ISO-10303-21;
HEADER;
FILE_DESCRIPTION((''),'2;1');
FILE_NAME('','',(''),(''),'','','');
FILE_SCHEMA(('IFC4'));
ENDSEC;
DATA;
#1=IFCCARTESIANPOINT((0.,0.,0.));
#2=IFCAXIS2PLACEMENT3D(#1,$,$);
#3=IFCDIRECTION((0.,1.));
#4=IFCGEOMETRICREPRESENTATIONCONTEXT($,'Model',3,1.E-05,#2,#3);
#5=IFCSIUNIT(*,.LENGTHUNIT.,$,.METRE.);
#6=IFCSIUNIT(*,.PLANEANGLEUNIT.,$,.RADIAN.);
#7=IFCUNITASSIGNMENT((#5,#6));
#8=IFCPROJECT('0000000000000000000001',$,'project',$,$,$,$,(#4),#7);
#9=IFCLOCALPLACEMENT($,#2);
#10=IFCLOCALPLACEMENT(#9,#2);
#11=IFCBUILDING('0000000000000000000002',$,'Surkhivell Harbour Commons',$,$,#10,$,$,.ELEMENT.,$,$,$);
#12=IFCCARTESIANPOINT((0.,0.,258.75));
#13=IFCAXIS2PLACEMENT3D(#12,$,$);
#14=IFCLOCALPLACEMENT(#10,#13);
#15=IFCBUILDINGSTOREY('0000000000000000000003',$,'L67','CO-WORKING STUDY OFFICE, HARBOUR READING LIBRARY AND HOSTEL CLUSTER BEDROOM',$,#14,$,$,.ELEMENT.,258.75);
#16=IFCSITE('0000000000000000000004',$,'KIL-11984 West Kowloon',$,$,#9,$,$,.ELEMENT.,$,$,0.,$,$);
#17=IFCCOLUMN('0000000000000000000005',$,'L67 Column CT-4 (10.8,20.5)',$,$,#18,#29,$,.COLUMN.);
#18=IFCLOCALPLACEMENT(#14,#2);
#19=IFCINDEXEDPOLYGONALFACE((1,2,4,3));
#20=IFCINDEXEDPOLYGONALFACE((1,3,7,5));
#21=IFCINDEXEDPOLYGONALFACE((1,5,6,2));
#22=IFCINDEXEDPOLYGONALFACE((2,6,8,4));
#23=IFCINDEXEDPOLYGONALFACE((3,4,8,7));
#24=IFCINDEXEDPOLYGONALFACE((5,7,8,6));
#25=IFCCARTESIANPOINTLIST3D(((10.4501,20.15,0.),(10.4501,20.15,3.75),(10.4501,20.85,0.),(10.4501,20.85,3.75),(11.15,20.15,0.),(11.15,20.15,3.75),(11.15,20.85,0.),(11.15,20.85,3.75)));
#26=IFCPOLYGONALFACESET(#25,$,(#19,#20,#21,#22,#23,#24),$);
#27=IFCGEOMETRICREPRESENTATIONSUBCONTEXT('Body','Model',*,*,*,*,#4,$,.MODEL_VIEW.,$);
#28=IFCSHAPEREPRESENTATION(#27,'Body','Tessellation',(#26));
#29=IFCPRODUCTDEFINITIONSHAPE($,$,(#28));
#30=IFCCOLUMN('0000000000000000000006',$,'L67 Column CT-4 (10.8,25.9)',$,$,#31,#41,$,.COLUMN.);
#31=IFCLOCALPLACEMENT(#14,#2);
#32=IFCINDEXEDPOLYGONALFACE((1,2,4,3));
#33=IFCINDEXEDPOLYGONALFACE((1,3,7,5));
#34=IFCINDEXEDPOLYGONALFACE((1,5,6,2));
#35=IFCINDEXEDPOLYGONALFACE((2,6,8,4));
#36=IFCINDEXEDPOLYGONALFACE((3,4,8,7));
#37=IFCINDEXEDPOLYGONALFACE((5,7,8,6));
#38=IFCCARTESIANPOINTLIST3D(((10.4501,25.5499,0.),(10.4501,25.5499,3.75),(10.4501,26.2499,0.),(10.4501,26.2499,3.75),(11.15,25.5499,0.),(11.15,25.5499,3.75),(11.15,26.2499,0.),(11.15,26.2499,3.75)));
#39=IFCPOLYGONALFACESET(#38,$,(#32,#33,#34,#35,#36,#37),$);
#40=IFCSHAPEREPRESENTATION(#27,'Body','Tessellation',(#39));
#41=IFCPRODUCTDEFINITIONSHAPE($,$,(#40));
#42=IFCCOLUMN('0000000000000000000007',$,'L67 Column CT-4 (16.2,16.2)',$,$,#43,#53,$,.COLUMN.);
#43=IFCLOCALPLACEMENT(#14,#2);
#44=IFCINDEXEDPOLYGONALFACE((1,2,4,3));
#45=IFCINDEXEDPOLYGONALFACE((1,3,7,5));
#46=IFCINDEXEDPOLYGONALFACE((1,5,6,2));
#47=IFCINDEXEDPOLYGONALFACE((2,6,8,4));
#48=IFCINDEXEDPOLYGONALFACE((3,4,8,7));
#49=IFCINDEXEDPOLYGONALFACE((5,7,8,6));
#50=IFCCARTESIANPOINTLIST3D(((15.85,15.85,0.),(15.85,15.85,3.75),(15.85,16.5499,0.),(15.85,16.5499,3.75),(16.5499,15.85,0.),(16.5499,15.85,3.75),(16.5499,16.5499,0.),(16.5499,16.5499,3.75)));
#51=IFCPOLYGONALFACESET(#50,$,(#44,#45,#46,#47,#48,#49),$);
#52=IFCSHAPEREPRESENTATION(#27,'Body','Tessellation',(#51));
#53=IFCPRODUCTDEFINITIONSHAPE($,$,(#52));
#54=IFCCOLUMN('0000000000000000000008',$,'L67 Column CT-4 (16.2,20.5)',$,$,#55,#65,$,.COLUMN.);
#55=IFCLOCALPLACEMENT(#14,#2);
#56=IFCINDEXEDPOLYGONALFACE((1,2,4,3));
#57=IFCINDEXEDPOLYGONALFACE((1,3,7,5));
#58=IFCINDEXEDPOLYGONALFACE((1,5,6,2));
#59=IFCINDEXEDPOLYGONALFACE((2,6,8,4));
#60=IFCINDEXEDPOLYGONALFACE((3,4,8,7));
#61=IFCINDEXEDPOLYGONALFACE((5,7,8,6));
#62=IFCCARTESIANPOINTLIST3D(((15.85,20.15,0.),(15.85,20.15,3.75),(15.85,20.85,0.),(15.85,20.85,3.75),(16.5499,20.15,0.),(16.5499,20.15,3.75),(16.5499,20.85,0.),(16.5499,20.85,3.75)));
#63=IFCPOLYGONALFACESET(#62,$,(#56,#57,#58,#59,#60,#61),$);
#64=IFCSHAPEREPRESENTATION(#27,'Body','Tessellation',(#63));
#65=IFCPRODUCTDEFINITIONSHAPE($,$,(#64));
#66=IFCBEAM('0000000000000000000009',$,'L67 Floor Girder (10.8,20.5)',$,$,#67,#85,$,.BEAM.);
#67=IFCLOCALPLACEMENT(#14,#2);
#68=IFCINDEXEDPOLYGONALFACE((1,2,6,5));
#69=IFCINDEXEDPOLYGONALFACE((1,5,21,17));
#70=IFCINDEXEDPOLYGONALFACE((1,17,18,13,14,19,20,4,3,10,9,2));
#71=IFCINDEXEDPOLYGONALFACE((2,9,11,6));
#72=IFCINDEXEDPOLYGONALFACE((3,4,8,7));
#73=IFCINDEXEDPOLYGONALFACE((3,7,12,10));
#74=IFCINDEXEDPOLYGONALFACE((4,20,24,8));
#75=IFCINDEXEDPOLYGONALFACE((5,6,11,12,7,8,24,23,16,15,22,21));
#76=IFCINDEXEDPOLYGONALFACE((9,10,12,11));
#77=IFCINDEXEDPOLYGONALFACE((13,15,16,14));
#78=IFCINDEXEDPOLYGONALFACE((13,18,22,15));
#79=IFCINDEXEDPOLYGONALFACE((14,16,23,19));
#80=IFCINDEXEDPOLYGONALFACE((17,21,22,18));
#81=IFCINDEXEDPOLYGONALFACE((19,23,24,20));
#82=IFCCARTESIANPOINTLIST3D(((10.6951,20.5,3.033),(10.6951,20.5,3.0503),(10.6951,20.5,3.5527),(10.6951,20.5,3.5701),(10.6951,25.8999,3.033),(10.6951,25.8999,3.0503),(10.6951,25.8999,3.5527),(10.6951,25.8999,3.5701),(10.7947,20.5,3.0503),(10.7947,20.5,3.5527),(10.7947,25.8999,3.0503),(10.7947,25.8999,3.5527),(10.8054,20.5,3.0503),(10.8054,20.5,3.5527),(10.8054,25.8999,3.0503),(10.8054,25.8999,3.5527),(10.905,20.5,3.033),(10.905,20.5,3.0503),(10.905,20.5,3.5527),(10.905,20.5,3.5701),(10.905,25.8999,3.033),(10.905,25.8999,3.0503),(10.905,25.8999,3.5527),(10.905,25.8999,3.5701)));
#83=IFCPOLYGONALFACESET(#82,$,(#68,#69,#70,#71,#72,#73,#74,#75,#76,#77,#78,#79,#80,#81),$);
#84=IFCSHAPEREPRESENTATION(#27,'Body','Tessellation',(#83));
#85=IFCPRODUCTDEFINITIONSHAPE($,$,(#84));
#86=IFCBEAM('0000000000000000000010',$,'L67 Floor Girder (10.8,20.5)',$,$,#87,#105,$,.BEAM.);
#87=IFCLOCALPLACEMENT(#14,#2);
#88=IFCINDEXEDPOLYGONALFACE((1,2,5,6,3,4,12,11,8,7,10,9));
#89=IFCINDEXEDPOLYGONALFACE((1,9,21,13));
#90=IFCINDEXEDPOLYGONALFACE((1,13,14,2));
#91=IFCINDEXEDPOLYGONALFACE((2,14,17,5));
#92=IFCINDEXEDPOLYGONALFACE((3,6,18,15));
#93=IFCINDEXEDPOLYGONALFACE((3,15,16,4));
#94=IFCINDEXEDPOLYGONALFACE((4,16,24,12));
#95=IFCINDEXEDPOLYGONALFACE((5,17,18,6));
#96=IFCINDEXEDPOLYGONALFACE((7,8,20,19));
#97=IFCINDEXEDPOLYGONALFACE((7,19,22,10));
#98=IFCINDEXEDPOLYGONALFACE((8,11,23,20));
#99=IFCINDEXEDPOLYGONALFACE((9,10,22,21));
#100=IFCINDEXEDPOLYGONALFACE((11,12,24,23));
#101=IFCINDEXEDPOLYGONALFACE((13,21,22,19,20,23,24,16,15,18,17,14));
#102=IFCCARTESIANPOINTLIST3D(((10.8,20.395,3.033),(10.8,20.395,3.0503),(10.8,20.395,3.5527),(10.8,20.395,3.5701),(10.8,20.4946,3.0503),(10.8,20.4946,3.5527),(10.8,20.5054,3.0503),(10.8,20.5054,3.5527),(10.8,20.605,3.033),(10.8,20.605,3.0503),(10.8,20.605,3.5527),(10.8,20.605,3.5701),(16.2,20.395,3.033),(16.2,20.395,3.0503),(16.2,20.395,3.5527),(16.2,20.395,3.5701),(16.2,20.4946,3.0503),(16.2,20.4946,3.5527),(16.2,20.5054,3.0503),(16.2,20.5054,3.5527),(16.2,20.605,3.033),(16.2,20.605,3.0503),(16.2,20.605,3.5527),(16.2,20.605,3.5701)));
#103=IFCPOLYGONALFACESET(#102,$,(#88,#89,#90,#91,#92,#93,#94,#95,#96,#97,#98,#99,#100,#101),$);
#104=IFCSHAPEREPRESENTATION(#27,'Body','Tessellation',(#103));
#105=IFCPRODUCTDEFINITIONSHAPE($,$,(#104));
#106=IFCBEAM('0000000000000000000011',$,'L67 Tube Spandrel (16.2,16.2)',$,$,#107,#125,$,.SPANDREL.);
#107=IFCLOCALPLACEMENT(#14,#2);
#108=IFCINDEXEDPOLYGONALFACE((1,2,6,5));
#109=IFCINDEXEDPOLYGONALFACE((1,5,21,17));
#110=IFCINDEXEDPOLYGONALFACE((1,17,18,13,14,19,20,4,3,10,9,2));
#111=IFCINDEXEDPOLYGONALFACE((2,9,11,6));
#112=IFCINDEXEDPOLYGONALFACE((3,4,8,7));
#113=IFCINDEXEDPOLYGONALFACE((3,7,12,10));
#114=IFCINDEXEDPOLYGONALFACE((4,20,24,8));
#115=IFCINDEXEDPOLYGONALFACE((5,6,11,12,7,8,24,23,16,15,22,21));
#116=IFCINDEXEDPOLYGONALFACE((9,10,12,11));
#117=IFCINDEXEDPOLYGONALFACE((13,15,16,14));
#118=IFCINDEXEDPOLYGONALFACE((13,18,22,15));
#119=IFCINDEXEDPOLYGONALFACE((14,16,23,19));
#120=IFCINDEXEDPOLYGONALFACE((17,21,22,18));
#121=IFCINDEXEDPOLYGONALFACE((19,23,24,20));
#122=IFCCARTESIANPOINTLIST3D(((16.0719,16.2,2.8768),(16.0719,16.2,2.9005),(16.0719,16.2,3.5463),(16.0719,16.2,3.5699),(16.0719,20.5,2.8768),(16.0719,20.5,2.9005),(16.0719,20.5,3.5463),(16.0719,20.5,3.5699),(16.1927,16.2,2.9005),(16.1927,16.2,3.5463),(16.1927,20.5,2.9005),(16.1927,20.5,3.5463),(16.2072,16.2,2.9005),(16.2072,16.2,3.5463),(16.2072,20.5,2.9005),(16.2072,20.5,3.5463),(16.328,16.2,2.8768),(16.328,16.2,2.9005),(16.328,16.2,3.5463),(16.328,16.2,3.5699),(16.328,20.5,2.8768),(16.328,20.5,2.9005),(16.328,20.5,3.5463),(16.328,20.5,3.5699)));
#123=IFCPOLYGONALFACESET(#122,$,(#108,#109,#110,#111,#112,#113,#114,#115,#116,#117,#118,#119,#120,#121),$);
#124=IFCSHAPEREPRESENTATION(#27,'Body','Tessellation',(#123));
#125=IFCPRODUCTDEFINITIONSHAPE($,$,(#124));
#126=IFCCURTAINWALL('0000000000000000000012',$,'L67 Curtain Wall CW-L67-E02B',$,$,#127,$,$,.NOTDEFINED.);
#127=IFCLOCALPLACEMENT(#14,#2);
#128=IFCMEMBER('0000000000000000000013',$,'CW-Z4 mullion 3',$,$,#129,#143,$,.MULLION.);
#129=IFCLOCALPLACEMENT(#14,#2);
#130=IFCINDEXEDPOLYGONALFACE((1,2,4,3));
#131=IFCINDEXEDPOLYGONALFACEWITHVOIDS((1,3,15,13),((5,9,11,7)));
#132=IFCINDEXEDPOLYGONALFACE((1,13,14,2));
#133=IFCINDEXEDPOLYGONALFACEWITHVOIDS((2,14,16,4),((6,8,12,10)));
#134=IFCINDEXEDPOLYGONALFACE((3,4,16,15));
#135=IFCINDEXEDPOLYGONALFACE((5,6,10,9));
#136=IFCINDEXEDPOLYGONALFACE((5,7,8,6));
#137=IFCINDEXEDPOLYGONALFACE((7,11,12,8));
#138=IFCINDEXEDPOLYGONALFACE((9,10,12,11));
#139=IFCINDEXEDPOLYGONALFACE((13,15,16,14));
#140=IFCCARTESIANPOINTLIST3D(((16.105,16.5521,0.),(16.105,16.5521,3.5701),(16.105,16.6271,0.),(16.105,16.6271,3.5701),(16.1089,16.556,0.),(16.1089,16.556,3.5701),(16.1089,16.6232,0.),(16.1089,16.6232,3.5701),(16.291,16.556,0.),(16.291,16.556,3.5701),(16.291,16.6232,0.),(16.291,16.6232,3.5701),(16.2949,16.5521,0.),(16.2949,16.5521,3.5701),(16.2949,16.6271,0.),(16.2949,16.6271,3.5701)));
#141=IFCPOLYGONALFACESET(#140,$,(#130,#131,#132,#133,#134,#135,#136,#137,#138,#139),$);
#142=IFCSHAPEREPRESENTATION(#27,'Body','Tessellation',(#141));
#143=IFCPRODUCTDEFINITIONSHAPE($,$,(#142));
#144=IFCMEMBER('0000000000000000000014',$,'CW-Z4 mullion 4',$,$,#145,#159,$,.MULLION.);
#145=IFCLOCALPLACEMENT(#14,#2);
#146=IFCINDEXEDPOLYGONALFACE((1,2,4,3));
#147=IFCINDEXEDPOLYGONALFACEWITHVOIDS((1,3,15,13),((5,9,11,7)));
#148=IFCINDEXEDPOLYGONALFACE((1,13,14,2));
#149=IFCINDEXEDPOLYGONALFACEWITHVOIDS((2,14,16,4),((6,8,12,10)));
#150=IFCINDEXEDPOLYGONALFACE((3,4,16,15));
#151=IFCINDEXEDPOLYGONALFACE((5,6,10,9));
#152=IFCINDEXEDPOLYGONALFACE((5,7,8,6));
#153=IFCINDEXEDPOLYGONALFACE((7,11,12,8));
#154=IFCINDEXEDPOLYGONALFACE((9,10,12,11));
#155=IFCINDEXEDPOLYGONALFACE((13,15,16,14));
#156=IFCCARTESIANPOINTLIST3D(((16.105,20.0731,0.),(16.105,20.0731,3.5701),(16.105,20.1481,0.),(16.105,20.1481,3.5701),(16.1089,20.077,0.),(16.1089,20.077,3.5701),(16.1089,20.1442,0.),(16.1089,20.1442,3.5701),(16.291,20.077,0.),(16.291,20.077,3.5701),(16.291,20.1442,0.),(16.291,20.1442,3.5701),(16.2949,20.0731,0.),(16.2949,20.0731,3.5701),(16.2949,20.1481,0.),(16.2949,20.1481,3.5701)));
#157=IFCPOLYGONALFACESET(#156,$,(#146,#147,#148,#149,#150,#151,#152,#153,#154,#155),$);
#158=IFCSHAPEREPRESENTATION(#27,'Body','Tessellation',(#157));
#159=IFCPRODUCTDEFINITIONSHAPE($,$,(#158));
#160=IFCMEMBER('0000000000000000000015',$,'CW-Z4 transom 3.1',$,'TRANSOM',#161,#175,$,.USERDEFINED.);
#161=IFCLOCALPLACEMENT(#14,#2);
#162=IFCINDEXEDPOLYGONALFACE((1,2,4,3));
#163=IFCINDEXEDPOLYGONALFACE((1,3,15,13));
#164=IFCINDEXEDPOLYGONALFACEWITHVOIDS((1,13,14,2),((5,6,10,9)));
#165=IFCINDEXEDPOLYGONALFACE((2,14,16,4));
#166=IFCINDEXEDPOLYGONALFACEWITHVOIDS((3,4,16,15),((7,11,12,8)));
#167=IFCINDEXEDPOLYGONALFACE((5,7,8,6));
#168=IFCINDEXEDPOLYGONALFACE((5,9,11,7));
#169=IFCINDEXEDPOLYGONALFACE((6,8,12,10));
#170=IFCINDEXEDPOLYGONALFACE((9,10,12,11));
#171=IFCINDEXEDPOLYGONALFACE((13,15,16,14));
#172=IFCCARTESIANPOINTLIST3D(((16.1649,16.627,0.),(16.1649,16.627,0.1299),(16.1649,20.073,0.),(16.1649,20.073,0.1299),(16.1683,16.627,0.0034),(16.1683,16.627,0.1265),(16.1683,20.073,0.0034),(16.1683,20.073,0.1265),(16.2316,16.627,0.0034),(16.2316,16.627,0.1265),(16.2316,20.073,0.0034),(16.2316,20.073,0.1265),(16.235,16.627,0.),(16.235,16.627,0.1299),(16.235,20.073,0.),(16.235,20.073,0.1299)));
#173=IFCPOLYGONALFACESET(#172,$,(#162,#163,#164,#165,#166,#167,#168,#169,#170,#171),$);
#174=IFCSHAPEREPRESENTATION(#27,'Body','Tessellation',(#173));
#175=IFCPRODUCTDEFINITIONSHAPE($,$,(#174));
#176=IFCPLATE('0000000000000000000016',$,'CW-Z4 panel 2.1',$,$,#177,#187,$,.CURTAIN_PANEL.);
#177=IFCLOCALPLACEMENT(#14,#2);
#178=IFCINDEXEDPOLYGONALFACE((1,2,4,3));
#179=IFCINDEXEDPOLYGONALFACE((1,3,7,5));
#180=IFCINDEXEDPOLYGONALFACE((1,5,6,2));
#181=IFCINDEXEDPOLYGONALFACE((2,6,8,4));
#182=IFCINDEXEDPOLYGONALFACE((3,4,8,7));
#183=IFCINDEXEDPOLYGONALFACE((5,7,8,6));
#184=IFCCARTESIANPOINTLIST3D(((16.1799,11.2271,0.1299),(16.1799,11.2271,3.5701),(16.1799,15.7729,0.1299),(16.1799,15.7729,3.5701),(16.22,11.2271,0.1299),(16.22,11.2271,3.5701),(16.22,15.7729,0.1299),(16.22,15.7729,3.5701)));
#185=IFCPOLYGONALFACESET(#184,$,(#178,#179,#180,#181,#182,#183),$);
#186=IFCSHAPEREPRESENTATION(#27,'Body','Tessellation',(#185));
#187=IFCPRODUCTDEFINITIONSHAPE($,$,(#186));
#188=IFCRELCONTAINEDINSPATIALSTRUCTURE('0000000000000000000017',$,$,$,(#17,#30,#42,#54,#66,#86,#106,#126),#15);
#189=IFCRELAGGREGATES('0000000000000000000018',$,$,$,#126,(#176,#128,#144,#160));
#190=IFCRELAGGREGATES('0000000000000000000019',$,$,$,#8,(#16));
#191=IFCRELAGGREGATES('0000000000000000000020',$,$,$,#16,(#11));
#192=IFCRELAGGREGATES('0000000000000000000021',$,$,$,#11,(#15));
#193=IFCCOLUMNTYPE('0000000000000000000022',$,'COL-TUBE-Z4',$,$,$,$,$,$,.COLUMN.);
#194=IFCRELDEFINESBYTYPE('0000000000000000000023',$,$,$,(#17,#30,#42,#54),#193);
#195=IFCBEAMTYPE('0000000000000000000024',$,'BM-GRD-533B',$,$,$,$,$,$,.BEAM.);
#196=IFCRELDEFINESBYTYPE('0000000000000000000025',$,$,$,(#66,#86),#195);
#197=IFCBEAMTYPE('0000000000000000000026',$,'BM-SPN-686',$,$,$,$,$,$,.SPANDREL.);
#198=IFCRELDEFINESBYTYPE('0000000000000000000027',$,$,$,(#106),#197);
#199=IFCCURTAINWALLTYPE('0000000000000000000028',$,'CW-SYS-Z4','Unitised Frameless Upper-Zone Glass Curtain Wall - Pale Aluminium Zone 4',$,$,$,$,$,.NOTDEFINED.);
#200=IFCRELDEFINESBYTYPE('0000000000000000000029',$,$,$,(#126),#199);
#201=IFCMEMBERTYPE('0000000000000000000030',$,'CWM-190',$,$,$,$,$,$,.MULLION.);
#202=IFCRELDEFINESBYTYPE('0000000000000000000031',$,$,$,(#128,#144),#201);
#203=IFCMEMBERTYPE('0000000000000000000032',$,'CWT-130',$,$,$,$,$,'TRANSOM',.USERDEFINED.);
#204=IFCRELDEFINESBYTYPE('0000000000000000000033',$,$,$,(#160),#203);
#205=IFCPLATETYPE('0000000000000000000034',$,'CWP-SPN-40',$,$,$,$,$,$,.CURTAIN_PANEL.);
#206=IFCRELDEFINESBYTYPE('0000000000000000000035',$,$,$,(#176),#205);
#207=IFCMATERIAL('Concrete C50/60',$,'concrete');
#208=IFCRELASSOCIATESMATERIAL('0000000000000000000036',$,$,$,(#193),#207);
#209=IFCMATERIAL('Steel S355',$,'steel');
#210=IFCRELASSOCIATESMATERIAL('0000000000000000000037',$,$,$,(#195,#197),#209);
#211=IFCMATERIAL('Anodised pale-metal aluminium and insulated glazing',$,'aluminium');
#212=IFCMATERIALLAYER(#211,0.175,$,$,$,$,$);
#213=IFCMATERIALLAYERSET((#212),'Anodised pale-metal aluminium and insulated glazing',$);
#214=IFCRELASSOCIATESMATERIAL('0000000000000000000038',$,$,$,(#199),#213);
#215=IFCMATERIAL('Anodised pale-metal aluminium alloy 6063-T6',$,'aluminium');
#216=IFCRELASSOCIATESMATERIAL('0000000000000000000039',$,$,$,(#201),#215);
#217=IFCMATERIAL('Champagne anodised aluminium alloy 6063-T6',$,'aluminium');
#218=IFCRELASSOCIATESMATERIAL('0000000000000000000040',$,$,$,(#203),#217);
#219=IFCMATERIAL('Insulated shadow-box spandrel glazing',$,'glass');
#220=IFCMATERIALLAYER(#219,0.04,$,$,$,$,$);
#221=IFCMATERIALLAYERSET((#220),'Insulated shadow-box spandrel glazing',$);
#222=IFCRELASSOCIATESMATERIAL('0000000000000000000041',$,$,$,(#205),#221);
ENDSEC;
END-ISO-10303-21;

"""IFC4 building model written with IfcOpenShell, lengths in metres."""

from ifc_helpers import new_model, si_unit, direction, frame, frame_2d, origin, origin_2d, place, context, subcontext, project, spatial, rectangle, hollow_rectangle, i_section, extrude, material, layer, layer_set, material_profile, profile_set, type_object, element, aggregate, save


model = new_model("IFC4")

# Units and contexts
model_context = context("Model", 3, precision=1e-05, world=origin(), true_north=direction((0.0, 1.0)))
body_context = subcontext(model_context, "Body", "Model", "MODEL_VIEW")
ifc_project = project(units=[si_unit("LENGTHUNIT", "METRE"), si_unit("PLANEANGLEUNIT", "RADIAN")], contexts=[model_context])

# Site, building, storey
site_placement = place(None, origin())
site = spatial("IfcSite", under=ifc_project, at=site_placement, Name="KIL-11984 West Kowloon", CompositionType="ELEMENT", RefElevation=0.0)
building_placement = place(site_placement, origin())
building = spatial("IfcBuilding", under=site, at=building_placement, Name="Surkhivell Harbour Commons", CompositionType="ELEMENT")
storey_placement = place(building_placement, frame((0.0, 0.0, 258.75)))
storey = spatial("IfcBuildingStorey", under=building, at=storey_placement, Name="L67", Description="CO-WORKING STUDY OFFICE, HARBOUR READING LIBRARY AND HOSTEL CLUSTER BEDROOM", CompositionType="ELEMENT", Elevation=258.75)

# Columns
ifc_material_1 = material(Name="Concrete C50/60", Category="concrete")
ifc_material_profile_1 = material_profile(ifc_material_1, rectangle(XDim=0.7, YDim=0.7, at=origin_2d()), Name="RC-COL-700x700")
ifc_profile_set_1 = profile_set([ifc_material_profile_1], Name="Concrete C50/60")
column_type = type_object("IfcColumnType", Name="COL-TUBE-Z4", PredefinedType="COLUMN", material=ifc_profile_set_1)
for number, where, z_axis, x_axis, name in (
    (1, (10.8, 20.5, 0.0), (0.0, 0.0, 1.0), (1.0, 0.0, 0.0), "L67 Column CT-4 (10.8,20.5)"),
    (2, (10.8, 25.8999, 0.0), (0.0, 0.0, 1.0), (1.0, 0.0, 0.0), "L67 Column CT-4 (10.8,25.9)"),
    (3, (16.2, 16.2, 0.0), (0.0, 0.0, 1.0), (1.0, 0.0, 0.0), "L67 Column CT-4 (16.2,16.2)"),
    (4, (16.2, 20.5, 0.0), (0.0, 0.0, 1.0), (1.0, 0.0, 0.0), "L67 Column CT-4 (16.2,20.5)"),
):
    element("IfcColumn", number, at=place(storey_placement, frame(where, z_axis=z_axis, x_axis=x_axis)), inside=storey, type_object=column_type, Name=name, PredefinedType="COLUMN", context=body_context, shape_type="SweptSolid", body=[
        extrude(rectangle(XDim=0.7, YDim=0.7, at=origin_2d()), origin(), (0.0, 0.0, 1.0), 3.75),
    ])

# Beams
ifc_material_2 = material(Name="Steel S355", Category="steel")
ifc_material_profile_2 = material_profile(ifc_material_2, i_section(OverallWidth=0.21, OverallDepth=0.5371, WebThickness=0.0107, FlangeThickness=0.0173, at=origin_2d()), Name="UB533x210x101")
ifc_profile_set_2 = profile_set([ifc_material_profile_2], Name="Steel S355")
beam_type_1 = type_object("IfcBeamType", Name="BM-GRD-533B", PredefinedType="BEAM", material=ifc_profile_set_2)
for number, where, z_axis, x_axis, name in (
    (5, (10.8, 20.5, 3.3015), (0.0, 1.0, 0.0), (-1.0, 0.0, 0.0), "L67 Floor Girder (10.8,20.5)"),
    (6, (10.8, 20.5, 3.3015), (1.0, 0.0, 0.0), (0.0, 1.0, 0.0), "L67 Floor Girder (10.8,20.5)"),
):
    element("IfcBeam", number, at=place(storey_placement, frame(where, z_axis=z_axis, x_axis=x_axis)), inside=storey, type_object=beam_type_1, Name=name, PredefinedType="BEAM", context=body_context, shape_type="SweptSolid", body=[
        extrude(i_section(OverallWidth=0.21, OverallDepth=0.5371, WebThickness=0.0107, FlangeThickness=0.0173, at=origin_2d()), origin(), (0.0, 0.0, 1.0), 5.3999),
    ])
ifc_material_profile_3 = material_profile(ifc_material_2, i_section(OverallWidth=0.2561, OverallDepth=0.6931, WebThickness=0.0144, FlangeThickness=0.0237, at=origin_2d()), Name="UB686x254x170")
ifc_profile_set_3 = profile_set([ifc_material_profile_3], Name="Steel S355")
beam_type_2 = type_object("IfcBeamType", Name="BM-SPN-686", PredefinedType="SPANDREL", material=ifc_profile_set_3)
beam_placement = place(storey_placement, frame((16.2, 16.2, 3.2234), z_axis=(0.0, 1.0, 0.0), x_axis=(-1.0, 0.0, 0.0)))
element("IfcBeam", 7, at=beam_placement, inside=storey, type_object=beam_type_2, Name="L67 Tube Spandrel (16.2,16.2)", PredefinedType="SPANDREL", context=body_context, shape_type="SweptSolid", body=[
    extrude(i_section(OverallWidth=0.2561, OverallDepth=0.6931, WebThickness=0.0144, FlangeThickness=0.0237, at=origin_2d()), origin(), (0.0, 0.0, 1.0), 4.3),
])

# Curtain wall, members, plate
ifc_material_3 = material(Name="Anodised pale-metal aluminium and insulated glazing", Category="aluminium")
ifc_layer_1 = layer(ifc_material_3, 0.175)
ifc_layer_set_1 = layer_set([ifc_layer_1], Name="Anodised pale-metal aluminium and insulated glazing")
curtain_wall_type = type_object("IfcCurtainWallType", Name="CW-SYS-Z4", Description="Unitised Frameless Upper-Zone Glass Curtain Wall - Pale Aluminium Zone 4", PredefinedType="NOTDEFINED", material=ifc_layer_set_1)
curtain_wall_placement = place(storey_placement, origin())
curtain_wall = element("IfcCurtainWall", 8, at=curtain_wall_placement, inside=storey, type_object=curtain_wall_type, Name="L67 Curtain Wall CW-L67-E02B", PredefinedType="NOTDEFINED")
ifc_material_4 = material(Name="Anodised pale-metal aluminium alloy 6063-T6", Category="aluminium")
ifc_material_profile_4 = material_profile(ifc_material_4, hollow_rectangle(XDim=0.075, YDim=0.1899, WallThickness=0.0039, at=origin_2d()), Name="ALU-MULL-75x190")
ifc_profile_set_4 = profile_set([ifc_material_profile_4], Name="Anodised pale-metal aluminium alloy 6063-T6")
member_type_1 = type_object("IfcMemberType", Name="CWM-190", PredefinedType="MULLION", material=ifc_profile_set_4)
member_1_placement = place(storey_placement, frame((16.2, 16.5896, 0.0), z_axis=(0.0, 0.0, 1.0), x_axis=(0.0, 1.0, 0.0)))
member_1 = element("IfcMember", 9, at=member_1_placement, type_object=member_type_1, Name="CW-Z4 mullion 3", PredefinedType="MULLION", context=body_context, shape_type="SweptSolid", body=[
    extrude(hollow_rectangle(XDim=0.075, YDim=0.1899, WallThickness=0.0039, at=origin_2d()), origin(), (0.0, 0.0, 1.0), 3.5701),
])
member_2_placement = place(storey_placement, frame((16.2, 20.1106, 0.0), z_axis=(0.0, 0.0, 1.0), x_axis=(0.0, 1.0, 0.0)))
member_2 = element("IfcMember", 10, at=member_2_placement, type_object=member_type_1, Name="CW-Z4 mullion 4", PredefinedType="MULLION", context=body_context, shape_type="SweptSolid", body=[
    extrude(hollow_rectangle(XDim=0.075, YDim=0.1899, WallThickness=0.0039, at=origin_2d()), origin(), (0.0, 0.0, 1.0), 3.5701),
])
ifc_material_5 = material(Name="Champagne anodised aluminium alloy 6063-T6", Category="aluminium")
ifc_material_profile_5 = material_profile(ifc_material_5, hollow_rectangle(XDim=0.0701, YDim=0.1299, WallThickness=0.0034, at=origin_2d()), Name="ALU-TRAN-70x130")
ifc_profile_set_5 = profile_set([ifc_material_profile_5], Name="Champagne anodised aluminium alloy 6063-T6")
member_type_2 = type_object("IfcMemberType", Name="CWT-130", ElementType="TRANSOM", PredefinedType="USERDEFINED", material=ifc_profile_set_5)
member_3_placement = place(storey_placement, frame((16.2, 16.627, 0.0649), z_axis=(0.0, 1.0, 0.0), x_axis=(-1.0, 0.0, 0.0)))
member_3 = element("IfcMember", 11, at=member_3_placement, type_object=member_type_2, Name="CW-Z4 transom 3.1", ObjectType="TRANSOM", PredefinedType="USERDEFINED", context=body_context, shape_type="SweptSolid", body=[
    extrude(hollow_rectangle(XDim=0.0701, YDim=0.1299, WallThickness=0.0034, at=origin_2d()), origin(), (0.0, 0.0, 1.0), 3.446),
])
ifc_material_6 = material(Name="Insulated shadow-box spandrel glazing", Category="glass")
ifc_layer_2 = layer(ifc_material_6, 0.04)
ifc_layer_set_2 = layer_set([ifc_layer_2], Name="Insulated shadow-box spandrel glazing")
plate_type = type_object("IfcPlateType", Name="CWP-SPN-40", PredefinedType="CURTAIN_PANEL", material=ifc_layer_set_2)
plate_1_placement = place(storey_placement, frame((16.2, 11.2271, 0.1299), z_axis=(0.0, 0.0, 1.0), x_axis=(0.0, 1.0, 0.0)))
plate_1 = element("IfcPlate", 12, at=plate_1_placement, type_object=plate_type, Name="CW-Z4 panel 2.1", PredefinedType="CURTAIN_PANEL", context=body_context, shape_type="SweptSolid", body=[
    extrude(rectangle(XDim=4.5459, YDim=0.04, at=frame_2d((2.2729, 0.0))), origin(), (0.0, 0.0, 1.0), 3.4402),
])
aggregate(curtain_wall, [plate_1, member_1, member_2, member_3])

save(model, "model.ifc")
